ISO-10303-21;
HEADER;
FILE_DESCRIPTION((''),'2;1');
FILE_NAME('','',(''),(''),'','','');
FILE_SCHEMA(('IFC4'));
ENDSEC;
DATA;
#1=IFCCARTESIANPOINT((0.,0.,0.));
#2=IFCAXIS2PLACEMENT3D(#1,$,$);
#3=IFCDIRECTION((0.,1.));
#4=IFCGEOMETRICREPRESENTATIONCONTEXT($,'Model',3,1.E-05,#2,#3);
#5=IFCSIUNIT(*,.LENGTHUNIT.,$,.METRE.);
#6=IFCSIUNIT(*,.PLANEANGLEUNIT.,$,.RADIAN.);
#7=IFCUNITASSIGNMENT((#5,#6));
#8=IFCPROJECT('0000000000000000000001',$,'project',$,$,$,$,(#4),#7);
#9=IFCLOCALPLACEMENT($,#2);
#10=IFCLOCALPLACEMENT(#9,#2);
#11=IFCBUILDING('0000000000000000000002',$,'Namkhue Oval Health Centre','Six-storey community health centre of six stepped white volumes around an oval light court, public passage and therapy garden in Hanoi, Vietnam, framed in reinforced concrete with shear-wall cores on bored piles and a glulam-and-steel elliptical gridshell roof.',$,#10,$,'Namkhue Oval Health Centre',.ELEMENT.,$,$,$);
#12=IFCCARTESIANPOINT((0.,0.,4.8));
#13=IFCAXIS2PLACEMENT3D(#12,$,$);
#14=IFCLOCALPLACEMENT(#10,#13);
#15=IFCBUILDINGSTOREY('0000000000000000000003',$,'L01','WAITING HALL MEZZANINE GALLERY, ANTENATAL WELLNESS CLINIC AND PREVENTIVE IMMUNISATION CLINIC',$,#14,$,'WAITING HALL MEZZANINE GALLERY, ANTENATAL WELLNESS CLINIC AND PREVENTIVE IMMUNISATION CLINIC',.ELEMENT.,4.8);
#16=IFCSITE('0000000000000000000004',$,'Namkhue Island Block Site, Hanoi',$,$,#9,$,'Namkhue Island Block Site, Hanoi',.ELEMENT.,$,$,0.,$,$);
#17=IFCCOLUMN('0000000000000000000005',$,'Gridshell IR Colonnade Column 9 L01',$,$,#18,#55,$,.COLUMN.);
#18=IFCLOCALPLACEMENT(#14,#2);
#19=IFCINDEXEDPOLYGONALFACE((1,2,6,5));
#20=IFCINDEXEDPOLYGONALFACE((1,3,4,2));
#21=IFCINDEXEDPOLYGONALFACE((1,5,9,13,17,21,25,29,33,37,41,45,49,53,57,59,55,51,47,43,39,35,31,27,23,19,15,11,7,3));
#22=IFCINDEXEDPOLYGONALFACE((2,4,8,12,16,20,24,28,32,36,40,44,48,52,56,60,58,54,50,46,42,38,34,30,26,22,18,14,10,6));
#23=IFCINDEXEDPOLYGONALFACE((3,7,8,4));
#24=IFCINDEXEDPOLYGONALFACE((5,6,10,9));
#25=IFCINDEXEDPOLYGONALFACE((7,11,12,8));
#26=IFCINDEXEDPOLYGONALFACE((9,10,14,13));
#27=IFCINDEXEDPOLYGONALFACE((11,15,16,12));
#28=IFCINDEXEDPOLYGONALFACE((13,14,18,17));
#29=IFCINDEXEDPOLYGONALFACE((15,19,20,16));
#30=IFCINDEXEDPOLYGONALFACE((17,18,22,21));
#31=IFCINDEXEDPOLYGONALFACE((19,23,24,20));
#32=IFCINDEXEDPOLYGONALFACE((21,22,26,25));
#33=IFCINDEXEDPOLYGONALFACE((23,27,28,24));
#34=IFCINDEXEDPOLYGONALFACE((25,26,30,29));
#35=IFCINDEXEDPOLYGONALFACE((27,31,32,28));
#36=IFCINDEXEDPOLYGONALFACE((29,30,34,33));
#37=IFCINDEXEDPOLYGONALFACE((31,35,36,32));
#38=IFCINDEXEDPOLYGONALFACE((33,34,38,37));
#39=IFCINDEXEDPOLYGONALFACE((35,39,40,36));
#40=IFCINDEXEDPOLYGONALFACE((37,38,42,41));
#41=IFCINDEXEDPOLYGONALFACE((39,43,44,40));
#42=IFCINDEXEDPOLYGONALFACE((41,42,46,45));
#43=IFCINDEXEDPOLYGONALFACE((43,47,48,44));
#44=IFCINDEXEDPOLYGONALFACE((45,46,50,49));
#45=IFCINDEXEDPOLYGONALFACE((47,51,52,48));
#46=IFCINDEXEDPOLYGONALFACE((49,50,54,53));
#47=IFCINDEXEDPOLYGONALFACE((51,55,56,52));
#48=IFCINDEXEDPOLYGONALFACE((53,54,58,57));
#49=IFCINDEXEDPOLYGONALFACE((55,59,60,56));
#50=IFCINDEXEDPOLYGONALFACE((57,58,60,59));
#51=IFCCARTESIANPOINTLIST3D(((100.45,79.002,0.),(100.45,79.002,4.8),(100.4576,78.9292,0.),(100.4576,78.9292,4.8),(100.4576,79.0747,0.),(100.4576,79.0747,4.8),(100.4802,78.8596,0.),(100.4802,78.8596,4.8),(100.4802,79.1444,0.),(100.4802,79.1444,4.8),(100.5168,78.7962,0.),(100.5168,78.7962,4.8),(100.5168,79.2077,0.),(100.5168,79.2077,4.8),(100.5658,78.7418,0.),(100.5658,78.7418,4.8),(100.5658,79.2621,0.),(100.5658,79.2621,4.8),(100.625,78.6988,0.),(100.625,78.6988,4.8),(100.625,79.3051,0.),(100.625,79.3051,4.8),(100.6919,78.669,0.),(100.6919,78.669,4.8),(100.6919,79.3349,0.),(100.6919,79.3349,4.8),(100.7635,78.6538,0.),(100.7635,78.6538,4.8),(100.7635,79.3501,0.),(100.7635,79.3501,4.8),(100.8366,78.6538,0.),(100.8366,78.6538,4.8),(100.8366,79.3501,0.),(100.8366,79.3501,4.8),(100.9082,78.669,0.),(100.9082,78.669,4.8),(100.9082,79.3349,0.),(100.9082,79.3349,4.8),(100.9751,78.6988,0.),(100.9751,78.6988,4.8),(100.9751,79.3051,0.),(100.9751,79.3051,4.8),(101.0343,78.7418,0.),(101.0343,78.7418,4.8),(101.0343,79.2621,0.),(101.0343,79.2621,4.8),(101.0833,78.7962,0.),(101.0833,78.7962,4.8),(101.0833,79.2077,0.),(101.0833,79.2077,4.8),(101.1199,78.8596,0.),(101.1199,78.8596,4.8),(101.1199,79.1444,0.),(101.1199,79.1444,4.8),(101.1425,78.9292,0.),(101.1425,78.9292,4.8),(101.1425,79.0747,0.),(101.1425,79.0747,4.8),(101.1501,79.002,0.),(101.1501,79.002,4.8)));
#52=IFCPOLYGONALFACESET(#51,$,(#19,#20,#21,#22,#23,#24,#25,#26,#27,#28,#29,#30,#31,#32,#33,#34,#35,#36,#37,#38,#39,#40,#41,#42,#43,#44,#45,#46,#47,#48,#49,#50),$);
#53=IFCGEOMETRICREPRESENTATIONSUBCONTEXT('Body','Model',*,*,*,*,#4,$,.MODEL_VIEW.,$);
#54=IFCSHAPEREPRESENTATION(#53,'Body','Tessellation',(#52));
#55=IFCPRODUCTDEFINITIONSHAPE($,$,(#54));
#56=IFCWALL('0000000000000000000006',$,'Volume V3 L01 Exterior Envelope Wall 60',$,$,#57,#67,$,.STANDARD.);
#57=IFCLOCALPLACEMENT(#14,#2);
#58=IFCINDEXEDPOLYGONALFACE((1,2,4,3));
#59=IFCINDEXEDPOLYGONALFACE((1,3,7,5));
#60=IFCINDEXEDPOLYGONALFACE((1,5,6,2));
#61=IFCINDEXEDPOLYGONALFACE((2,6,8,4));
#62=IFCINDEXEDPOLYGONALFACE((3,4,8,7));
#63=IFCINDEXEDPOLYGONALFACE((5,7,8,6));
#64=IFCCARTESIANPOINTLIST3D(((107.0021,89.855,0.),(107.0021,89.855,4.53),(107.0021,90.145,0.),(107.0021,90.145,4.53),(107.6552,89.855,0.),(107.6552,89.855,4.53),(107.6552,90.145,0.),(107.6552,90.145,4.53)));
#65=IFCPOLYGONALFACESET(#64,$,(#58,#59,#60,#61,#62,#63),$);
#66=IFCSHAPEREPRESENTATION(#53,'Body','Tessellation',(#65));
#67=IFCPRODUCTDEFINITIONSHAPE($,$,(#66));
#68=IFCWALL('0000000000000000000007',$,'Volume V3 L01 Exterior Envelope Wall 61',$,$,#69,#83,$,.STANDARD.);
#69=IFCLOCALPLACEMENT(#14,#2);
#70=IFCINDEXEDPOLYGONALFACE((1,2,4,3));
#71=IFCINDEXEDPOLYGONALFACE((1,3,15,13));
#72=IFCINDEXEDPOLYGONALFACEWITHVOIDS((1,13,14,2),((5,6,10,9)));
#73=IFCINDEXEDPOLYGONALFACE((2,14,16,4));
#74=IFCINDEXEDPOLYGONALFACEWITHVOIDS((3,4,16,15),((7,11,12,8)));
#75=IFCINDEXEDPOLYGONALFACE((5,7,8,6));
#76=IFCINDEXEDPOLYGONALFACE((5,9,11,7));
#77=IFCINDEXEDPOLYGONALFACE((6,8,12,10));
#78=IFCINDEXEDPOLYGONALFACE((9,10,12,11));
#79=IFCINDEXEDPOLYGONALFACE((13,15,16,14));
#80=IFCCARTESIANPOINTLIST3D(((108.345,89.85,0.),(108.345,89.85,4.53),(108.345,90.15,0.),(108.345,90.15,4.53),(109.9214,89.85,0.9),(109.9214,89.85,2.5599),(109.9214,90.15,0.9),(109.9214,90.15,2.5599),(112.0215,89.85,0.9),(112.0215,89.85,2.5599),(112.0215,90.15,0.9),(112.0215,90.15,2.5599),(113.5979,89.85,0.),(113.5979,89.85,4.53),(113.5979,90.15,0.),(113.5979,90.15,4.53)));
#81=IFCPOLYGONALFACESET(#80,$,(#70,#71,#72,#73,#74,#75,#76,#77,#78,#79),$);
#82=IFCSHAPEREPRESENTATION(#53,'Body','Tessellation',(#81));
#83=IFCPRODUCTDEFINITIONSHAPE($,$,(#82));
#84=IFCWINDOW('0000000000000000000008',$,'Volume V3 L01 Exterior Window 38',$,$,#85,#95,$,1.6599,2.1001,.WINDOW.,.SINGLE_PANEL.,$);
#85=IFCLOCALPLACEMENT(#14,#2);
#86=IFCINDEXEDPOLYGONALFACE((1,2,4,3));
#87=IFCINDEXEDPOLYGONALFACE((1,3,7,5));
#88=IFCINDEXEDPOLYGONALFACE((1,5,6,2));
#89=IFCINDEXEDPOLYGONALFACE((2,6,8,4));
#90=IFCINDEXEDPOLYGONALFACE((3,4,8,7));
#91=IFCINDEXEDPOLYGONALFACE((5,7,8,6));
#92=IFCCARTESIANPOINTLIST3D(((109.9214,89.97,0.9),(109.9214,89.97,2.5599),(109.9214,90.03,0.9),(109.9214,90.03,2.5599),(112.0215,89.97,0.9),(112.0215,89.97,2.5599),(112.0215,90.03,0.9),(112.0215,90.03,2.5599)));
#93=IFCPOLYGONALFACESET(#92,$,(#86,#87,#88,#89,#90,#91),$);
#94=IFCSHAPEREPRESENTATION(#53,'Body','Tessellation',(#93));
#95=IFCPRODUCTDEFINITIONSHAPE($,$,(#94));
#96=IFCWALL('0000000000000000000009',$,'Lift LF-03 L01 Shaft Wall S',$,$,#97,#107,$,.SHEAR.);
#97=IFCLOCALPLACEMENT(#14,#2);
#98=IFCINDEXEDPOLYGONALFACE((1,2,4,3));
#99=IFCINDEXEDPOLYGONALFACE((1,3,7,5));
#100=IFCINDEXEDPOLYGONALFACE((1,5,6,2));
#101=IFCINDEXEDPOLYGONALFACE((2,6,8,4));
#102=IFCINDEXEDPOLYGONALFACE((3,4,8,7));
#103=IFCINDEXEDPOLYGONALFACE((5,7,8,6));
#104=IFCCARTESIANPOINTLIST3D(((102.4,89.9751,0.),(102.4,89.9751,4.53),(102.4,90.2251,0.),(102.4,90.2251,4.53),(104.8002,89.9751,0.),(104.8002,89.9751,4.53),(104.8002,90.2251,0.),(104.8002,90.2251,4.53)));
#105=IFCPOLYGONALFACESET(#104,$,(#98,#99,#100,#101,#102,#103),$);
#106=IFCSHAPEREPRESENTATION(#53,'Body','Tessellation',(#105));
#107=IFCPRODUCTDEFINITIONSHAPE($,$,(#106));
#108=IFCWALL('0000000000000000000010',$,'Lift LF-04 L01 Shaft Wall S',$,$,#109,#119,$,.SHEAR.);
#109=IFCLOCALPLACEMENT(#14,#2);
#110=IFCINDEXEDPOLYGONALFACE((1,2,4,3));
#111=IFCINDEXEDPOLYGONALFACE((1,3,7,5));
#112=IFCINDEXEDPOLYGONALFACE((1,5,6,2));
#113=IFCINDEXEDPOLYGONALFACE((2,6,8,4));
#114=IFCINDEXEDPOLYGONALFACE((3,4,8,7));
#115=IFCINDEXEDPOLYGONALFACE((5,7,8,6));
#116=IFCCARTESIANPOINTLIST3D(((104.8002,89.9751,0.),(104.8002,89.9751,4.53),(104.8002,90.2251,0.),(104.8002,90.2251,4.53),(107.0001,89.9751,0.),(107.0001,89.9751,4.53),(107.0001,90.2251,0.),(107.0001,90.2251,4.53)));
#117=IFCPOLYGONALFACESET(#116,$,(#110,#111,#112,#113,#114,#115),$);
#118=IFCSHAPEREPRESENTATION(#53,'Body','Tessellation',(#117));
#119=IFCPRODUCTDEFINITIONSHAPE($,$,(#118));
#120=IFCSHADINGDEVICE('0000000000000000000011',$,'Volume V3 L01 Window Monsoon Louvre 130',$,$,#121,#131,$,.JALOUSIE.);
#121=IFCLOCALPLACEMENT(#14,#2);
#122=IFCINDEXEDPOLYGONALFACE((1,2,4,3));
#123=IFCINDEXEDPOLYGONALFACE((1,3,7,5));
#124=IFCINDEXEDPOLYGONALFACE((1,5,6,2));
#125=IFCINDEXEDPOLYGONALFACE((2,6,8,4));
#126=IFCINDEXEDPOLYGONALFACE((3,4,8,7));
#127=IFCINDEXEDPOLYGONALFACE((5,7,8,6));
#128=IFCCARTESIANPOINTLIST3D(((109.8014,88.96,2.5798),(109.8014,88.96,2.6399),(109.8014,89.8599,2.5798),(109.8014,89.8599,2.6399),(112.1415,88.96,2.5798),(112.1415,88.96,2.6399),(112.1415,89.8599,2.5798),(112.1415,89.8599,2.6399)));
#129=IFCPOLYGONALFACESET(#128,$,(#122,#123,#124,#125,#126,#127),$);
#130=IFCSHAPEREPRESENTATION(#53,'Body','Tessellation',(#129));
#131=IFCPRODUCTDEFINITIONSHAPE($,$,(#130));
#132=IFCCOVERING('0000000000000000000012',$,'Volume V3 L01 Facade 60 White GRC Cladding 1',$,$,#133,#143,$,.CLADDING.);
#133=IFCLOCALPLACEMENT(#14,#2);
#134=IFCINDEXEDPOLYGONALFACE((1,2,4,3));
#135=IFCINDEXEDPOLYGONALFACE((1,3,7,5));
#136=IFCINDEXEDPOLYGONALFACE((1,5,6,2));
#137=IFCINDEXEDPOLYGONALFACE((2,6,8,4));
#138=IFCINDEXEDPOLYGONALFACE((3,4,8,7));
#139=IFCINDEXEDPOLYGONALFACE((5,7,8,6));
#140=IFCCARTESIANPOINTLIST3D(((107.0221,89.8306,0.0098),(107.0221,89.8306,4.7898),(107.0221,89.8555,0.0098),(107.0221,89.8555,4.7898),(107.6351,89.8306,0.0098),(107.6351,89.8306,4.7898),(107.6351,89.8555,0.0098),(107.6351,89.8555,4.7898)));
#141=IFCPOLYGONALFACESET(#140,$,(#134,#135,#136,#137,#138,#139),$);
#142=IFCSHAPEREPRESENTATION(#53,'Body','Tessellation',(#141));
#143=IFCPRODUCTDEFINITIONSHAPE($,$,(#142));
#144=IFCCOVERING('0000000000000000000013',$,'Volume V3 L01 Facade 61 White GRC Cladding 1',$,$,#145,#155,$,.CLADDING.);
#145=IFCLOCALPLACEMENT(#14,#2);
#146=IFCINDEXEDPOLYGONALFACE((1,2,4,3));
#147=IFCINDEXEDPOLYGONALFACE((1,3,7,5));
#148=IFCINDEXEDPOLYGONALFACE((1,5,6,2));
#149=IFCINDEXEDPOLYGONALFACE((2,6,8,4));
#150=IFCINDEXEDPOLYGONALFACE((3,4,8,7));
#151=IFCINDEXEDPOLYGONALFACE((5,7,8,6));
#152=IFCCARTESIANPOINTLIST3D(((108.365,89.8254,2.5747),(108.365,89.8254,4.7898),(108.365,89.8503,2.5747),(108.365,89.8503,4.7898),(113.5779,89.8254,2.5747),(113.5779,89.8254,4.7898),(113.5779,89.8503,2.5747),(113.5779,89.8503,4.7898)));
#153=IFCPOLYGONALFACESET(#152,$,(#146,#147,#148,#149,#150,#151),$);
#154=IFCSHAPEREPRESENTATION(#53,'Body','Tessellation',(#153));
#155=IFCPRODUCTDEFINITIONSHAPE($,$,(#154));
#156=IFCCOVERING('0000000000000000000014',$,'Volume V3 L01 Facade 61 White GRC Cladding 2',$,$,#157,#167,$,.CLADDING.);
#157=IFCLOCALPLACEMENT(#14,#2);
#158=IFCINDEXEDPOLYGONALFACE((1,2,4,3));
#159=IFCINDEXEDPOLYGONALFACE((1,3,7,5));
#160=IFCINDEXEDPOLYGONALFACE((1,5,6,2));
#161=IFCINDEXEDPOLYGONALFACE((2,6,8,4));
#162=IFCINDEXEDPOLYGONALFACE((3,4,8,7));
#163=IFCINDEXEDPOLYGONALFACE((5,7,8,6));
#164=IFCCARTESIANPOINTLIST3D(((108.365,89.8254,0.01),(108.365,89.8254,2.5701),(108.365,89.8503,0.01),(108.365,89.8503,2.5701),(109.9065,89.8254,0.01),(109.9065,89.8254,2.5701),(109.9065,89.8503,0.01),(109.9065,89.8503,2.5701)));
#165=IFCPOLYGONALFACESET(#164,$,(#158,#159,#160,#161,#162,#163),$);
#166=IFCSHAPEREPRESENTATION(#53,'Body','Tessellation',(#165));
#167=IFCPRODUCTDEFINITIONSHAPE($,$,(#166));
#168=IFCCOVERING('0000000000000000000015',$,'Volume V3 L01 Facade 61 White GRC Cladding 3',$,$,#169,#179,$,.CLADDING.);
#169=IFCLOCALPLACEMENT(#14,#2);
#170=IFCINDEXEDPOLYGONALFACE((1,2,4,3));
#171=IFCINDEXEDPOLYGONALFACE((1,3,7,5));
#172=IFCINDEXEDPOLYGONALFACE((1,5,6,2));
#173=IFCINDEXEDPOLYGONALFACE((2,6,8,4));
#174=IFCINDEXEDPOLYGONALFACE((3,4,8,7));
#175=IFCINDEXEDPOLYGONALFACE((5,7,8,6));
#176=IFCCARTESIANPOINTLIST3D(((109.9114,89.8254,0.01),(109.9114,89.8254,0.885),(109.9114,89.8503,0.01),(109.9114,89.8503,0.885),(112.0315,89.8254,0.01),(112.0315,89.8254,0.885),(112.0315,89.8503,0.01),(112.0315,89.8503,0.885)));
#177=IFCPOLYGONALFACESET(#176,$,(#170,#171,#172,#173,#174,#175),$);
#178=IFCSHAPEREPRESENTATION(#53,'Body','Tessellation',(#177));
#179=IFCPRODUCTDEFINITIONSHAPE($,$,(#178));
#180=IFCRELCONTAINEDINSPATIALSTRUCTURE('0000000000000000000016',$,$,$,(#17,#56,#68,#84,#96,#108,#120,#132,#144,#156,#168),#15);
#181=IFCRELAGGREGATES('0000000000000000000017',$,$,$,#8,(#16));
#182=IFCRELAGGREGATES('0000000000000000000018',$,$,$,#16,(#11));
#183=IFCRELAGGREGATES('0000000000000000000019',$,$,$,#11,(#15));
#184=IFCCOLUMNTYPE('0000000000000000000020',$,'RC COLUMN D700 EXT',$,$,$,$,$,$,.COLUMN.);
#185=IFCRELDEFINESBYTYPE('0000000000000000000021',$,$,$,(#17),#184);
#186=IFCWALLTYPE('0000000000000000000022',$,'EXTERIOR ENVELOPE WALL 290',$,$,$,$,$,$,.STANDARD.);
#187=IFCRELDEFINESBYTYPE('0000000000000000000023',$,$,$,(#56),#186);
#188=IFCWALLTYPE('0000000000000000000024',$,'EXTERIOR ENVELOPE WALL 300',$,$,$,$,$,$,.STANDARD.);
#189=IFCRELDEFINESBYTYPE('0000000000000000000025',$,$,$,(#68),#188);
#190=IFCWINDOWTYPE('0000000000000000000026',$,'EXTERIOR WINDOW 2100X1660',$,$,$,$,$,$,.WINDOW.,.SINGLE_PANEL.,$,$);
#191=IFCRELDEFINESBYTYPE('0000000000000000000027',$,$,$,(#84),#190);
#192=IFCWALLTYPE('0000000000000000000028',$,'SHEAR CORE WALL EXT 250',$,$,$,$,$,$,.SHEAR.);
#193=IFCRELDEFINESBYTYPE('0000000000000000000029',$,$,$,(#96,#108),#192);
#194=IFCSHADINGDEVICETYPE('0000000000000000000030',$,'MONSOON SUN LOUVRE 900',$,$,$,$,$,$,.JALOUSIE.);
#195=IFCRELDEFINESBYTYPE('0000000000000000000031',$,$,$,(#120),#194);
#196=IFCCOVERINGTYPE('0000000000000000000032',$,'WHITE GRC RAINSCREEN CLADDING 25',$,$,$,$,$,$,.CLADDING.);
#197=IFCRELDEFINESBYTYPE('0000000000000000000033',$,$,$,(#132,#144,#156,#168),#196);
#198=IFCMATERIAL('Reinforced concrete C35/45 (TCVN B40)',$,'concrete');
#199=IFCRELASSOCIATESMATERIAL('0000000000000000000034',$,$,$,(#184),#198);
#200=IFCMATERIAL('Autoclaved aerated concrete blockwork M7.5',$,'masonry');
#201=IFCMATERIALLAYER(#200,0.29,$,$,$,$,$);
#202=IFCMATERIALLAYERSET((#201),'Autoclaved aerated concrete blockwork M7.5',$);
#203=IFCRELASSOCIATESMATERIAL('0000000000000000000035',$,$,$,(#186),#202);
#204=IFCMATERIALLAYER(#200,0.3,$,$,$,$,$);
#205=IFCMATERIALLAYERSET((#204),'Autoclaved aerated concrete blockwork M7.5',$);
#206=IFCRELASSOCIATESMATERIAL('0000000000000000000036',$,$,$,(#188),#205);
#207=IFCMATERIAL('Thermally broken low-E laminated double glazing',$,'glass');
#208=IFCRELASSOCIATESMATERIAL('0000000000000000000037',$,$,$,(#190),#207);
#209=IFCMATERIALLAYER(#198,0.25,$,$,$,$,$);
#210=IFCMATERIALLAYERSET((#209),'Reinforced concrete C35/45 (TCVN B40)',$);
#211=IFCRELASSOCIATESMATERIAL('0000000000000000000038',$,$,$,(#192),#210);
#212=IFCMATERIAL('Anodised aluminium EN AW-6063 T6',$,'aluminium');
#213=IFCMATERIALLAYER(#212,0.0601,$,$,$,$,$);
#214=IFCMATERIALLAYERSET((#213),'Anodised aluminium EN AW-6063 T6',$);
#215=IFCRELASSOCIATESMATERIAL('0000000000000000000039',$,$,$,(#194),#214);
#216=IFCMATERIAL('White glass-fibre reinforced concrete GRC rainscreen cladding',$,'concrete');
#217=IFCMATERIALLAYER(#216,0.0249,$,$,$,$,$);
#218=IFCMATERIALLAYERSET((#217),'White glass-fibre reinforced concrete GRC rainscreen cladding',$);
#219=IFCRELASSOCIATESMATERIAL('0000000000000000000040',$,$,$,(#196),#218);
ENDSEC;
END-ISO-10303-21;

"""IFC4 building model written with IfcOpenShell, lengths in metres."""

from ifc_helpers import new_model, si_unit, direction, frame, frame_2d, origin, origin_2d, place, context, subcontext, project, spatial, rectangle, circle, extrude, material, layer, layer_set, material_profile, profile_set, type_object, element, fill, save


model = new_model("IFC4")

# Units and contexts
model_context = context("Model", 3, precision=1e-05, world=origin(), true_north=direction((0.0, 1.0)))
body_context = subcontext(model_context, "Body", "Model", "MODEL_VIEW")
ifc_project = project(units=[si_unit("LENGTHUNIT", "METRE"), si_unit("PLANEANGLEUNIT", "RADIAN")], contexts=[model_context])

# Site, building, storey
site_placement = place(None, origin())
site = spatial("IfcSite", under=ifc_project, at=site_placement, Name="Namkhue Island Block Site, Hanoi", LongName="Namkhue Island Block Site, Hanoi", CompositionType="ELEMENT", RefElevation=0.0)
building_placement = place(site_placement, origin())
building = spatial("IfcBuilding", under=site, at=building_placement, Name="Namkhue Oval Health Centre", Description="Six-storey community health centre of six stepped white volumes around an oval light court, public passage and therapy garden in Hanoi, Vietnam, framed in reinforced concrete with shear-wall cores on bored piles and a glulam-and-steel elliptical gridshell roof.", LongName="Namkhue Oval Health Centre", CompositionType="ELEMENT")
storey_placement = place(building_placement, frame((0.0, 0.0, 4.8)))
storey = spatial("IfcBuildingStorey", under=building, at=storey_placement, Name="L01", Description="WAITING HALL MEZZANINE GALLERY, ANTENATAL WELLNESS CLINIC AND PREVENTIVE IMMUNISATION CLINIC", LongName="WAITING HALL MEZZANINE GALLERY, ANTENATAL WELLNESS CLINIC AND PREVENTIVE IMMUNISATION CLINIC", CompositionType="ELEMENT", Elevation=4.8)

# Column
ifc_material_1 = material(Name="Reinforced concrete C35/45 (TCVN B40)", Category="concrete")
ifc_material_profile = material_profile(ifc_material_1, circle(Radius=0.3501, at=origin_2d()), Name="RC D700")
ifc_profile_set = profile_set([ifc_material_profile], Name="Reinforced concrete C35/45 (TCVN B40)")
column_type = type_object("IfcColumnType", Name="RC COLUMN D700 EXT", PredefinedType="COLUMN", material=ifc_profile_set)
for number, where, z_axis, x_axis, name in (
    (1, (100.8, 79.002, 0.0), (0.0, 0.0, 1.0), (1.0, 0.0, 0.0), "Gridshell IR Colonnade Column 9 L01"),
):
    element("IfcColumn", number, at=place(storey_placement, frame(where, z_axis=z_axis, x_axis=x_axis)), inside=storey, type_object=column_type, Name=name, PredefinedType="COLUMN", context=body_context, shape_type="SweptSolid", body=[
        extrude(circle(Radius=0.3501, at=origin_2d()), origin(), (0.0, 0.0, 1.0), 4.8),
    ])

# Wall
ifc_material_2 = material(Name="Autoclaved aerated concrete blockwork M7.5", Category="masonry")
ifc_layer_1 = layer(ifc_material_2, 0.29)
ifc_layer_set_1 = layer_set([ifc_layer_1], Name="Autoclaved aerated concrete blockwork M7.5")
wall_type_1 = type_object("IfcWallType", Name="EXTERIOR ENVELOPE WALL 290", PredefinedType="STANDARD", material=ifc_layer_set_1)
wall_1_placement = place(storey_placement, frame((107.002, 90.0, 0.0), z_axis=(0.0, 0.0, 1.0), x_axis=(1.0, 0.0, 0.0)))
element("IfcWall", 2, at=wall_1_placement, inside=storey, type_object=wall_type_1, Name="Volume V3 L01 Exterior Envelope Wall 60", PredefinedType="STANDARD", context=body_context, shape_type="SweptSolid", body=[
    extrude(rectangle(XDim=0.6531, YDim=0.29, at=frame_2d((0.3267, 0.0))), origin(), (0.0, 0.0, 1.0), 4.53),
])

# Wall, opening, window
ifc_layer_2 = layer(ifc_material_2, 0.3)
ifc_layer_set_2 = layer_set([ifc_layer_2], Name="Autoclaved aerated concrete blockwork M7.5")
wall_type_2 = type_object("IfcWallType", Name="EXTERIOR ENVELOPE WALL 300", PredefinedType="STANDARD", material=ifc_layer_set_2)
wall_2_placement = place(storey_placement, frame((108.345, 90.0, 0.0), z_axis=(0.0, 0.0, 1.0), x_axis=(1.0, 0.0, 0.0)))
wall_2 = element("IfcWall", 3, at=wall_2_placement, inside=storey, type_object=wall_type_2, Name="Volume V3 L01 Exterior Envelope Wall 61", PredefinedType="STANDARD", context=body_context, shape_type="SweptSolid", body=[
    extrude(rectangle(XDim=5.2529, YDim=0.3, at=frame_2d((2.6265, 0.0))), origin(), (0.0, 0.0, 1.0), 4.53),
])
opening_placement = place(wall_2_placement, frame((1.5764, 0.0, 0.8999)))
opening = element("IfcOpeningElement", 4, at=opening_placement, cuts=wall_2, PredefinedType="OPENING", context=body_context, shape_type="SweptSolid", body=[
    extrude(rectangle(XDim=2.1001, YDim=1.6599, at=frame_2d((1.05, 0.8301))), frame((0.0, 0.1599, 0.0), z_axis=(0.0, -1.0, 0.0), x_axis=(1.0, 0.0, 0.0)), (0.0, 0.0, 1.0), 0.3201),
])
ifc_material_3 = material(Name="Thermally broken low-E laminated double glazing", Category="glass")
window_type = type_object("IfcWindowType", Name="EXTERIOR WINDOW 2100X1660", PartitioningType="SINGLE_PANEL", PredefinedType="WINDOW", material=ifc_material_3)
window_placement = place(opening_placement, origin())
window = element("IfcWindow", 5, at=window_placement, inside=storey, type_object=window_type, Name="Volume V3 L01 Exterior Window 38", OverallHeight=1.6599, OverallWidth=2.1001, PartitioningType="SINGLE_PANEL", PredefinedType="WINDOW", context=body_context, shape_type="SweptSolid", body=[
    extrude(rectangle(XDim=2.1001, YDim=1.6599, at=frame_2d((1.05, 0.8301))), frame((0.0, 0.03, 0.0), z_axis=(0.0, -1.0, 0.0), x_axis=(1.0, 0.0, 0.0)), (0.0, 0.0, 1.0), 0.0601),
])
fill(opening, window)

# Walls
ifc_layer_3 = layer(ifc_material_1, 0.25)
ifc_layer_set_3 = layer_set([ifc_layer_3], Name="Reinforced concrete C35/45 (TCVN B40)")
wall_type_3 = type_object("IfcWallType", Name="SHEAR CORE WALL EXT 250", PredefinedType="SHEAR", material=ifc_layer_set_3)
wall_3_placement = place(storey_placement, frame((102.3999, 90.1001, 0.0), z_axis=(0.0, 0.0, 1.0), x_axis=(1.0, 0.0, 0.0)))
element("IfcWall", 6, at=wall_3_placement, inside=storey, type_object=wall_type_3, Name="Lift LF-03 L01 Shaft Wall S", PredefinedType="SHEAR", context=body_context, shape_type="SweptSolid", body=[
    extrude(rectangle(XDim=2.4001, YDim=0.25, at=frame_2d((1.2002, 0.0))), origin(), (0.0, 0.0, 1.0), 4.53),
])
wall_4_placement = place(storey_placement, frame((104.8, 90.1001, 0.0), z_axis=(0.0, 0.0, 1.0), x_axis=(1.0, 0.0, 0.0)))
element("IfcWall", 7, at=wall_4_placement, inside=storey, type_object=wall_type_3, Name="Lift LF-04 L01 Shaft Wall S", PredefinedType="SHEAR", context=body_context, shape_type="SweptSolid", body=[
    extrude(rectangle(XDim=2.2, YDim=0.25, at=frame_2d((1.1001, 0.0))), origin(), (0.0, 0.0, 1.0), 4.53),
])

# Shading device
ifc_material_4 = material(Name="Anodised aluminium EN AW-6063 T6", Category="aluminium")
ifc_layer_4 = layer(ifc_material_4, 0.0601)
ifc_layer_set_4 = layer_set([ifc_layer_4], Name="Anodised aluminium EN AW-6063 T6")
shading_device_type = type_object("IfcShadingDeviceType", Name="MONSOON SUN LOUVRE 900", PredefinedType="JALOUSIE", material=ifc_layer_set_4)
shading_device_placement = place(storey_placement, frame((110.9714, 89.4099, 2.5798), z_axis=(0.0, 0.0, 1.0), x_axis=(1.0, 0.0, 0.0)))
element("IfcShadingDevice", 8, at=shading_device_placement, inside=storey, type_object=shading_device_type, Name="Volume V3 L01 Window Monsoon Louvre 130", PredefinedType="JALOUSIE", context=body_context, shape_type="SweptSolid", body=[
    extrude(rectangle(XDim=2.3401, YDim=0.8999, at=origin_2d()), origin(), (0.0, 0.0, 1.0), 0.0601),
])

# Coverings
ifc_material_5 = material(Name="White glass-fibre reinforced concrete GRC rainscreen cladding", Category="concrete")
ifc_layer_5 = layer(ifc_material_5, 0.0249)
ifc_layer_set_5 = layer_set([ifc_layer_5], Name="White glass-fibre reinforced concrete GRC rainscreen cladding")
covering_type = type_object("IfcCoveringType", Name="WHITE GRC RAINSCREEN CLADDING 25", PredefinedType="CLADDING", material=ifc_layer_set_5)
covering_1_placement = place(storey_placement, frame((107.3286, 89.843, 0.0098), z_axis=(0.0, 0.0, 1.0), x_axis=(1.0, 0.0, 0.0)))
element("IfcCovering", 9, at=covering_1_placement, inside=storey, type_object=covering_type, Name="Volume V3 L01 Facade 60 White GRC Cladding 1", PredefinedType="CLADDING", context=body_context, shape_type="SweptSolid", body=[
    extrude(rectangle(XDim=0.613, YDim=0.0249, at=origin_2d()), origin(), (0.0, 0.0, 1.0), 4.78),
])
covering_2_placement = place(storey_placement, frame((110.9714, 89.8379, 2.5747), z_axis=(0.0, 0.0, 1.0), x_axis=(1.0, 0.0, 0.0)))
element("IfcCovering", 10, at=covering_2_placement, inside=storey, type_object=covering_type, Name="Volume V3 L01 Facade 61 White GRC Cladding 1", PredefinedType="CLADDING", context=body_context, shape_type="SweptSolid", body=[
    extrude(rectangle(XDim=5.2129, YDim=0.0249, at=origin_2d()), origin(), (0.0, 0.0, 1.0), 2.2151),
])
covering_3_placement = place(storey_placement, frame((109.1357, 89.8379, 0.01), z_axis=(0.0, 0.0, 1.0), x_axis=(1.0, 0.0, 0.0)))
element("IfcCovering", 11, at=covering_3_placement, inside=storey, type_object=covering_type, Name="Volume V3 L01 Facade 61 White GRC Cladding 2", PredefinedType="CLADDING", context=body_context, shape_type="SweptSolid", body=[
    extrude(rectangle(XDim=1.5415, YDim=0.0249, at=origin_2d()), origin(), (0.0, 0.0, 1.0), 2.5601),
])
covering_4_placement = place(storey_placement, frame((110.9714, 89.8379, 0.01), z_axis=(0.0, 0.0, 1.0), x_axis=(1.0, 0.0, 0.0)))
element("IfcCovering", 12, at=covering_4_placement, inside=storey, type_object=covering_type, Name="Volume V3 L01 Facade 61 White GRC Cladding 3", PredefinedType="CLADDING", context=body_context, shape_type="SweptSolid", body=[
    extrude(rectangle(XDim=2.1201, YDim=0.0249, at=origin_2d()), origin(), (0.0, 0.0, 1.0), 0.875),
])

save(model, "model.ifc")
